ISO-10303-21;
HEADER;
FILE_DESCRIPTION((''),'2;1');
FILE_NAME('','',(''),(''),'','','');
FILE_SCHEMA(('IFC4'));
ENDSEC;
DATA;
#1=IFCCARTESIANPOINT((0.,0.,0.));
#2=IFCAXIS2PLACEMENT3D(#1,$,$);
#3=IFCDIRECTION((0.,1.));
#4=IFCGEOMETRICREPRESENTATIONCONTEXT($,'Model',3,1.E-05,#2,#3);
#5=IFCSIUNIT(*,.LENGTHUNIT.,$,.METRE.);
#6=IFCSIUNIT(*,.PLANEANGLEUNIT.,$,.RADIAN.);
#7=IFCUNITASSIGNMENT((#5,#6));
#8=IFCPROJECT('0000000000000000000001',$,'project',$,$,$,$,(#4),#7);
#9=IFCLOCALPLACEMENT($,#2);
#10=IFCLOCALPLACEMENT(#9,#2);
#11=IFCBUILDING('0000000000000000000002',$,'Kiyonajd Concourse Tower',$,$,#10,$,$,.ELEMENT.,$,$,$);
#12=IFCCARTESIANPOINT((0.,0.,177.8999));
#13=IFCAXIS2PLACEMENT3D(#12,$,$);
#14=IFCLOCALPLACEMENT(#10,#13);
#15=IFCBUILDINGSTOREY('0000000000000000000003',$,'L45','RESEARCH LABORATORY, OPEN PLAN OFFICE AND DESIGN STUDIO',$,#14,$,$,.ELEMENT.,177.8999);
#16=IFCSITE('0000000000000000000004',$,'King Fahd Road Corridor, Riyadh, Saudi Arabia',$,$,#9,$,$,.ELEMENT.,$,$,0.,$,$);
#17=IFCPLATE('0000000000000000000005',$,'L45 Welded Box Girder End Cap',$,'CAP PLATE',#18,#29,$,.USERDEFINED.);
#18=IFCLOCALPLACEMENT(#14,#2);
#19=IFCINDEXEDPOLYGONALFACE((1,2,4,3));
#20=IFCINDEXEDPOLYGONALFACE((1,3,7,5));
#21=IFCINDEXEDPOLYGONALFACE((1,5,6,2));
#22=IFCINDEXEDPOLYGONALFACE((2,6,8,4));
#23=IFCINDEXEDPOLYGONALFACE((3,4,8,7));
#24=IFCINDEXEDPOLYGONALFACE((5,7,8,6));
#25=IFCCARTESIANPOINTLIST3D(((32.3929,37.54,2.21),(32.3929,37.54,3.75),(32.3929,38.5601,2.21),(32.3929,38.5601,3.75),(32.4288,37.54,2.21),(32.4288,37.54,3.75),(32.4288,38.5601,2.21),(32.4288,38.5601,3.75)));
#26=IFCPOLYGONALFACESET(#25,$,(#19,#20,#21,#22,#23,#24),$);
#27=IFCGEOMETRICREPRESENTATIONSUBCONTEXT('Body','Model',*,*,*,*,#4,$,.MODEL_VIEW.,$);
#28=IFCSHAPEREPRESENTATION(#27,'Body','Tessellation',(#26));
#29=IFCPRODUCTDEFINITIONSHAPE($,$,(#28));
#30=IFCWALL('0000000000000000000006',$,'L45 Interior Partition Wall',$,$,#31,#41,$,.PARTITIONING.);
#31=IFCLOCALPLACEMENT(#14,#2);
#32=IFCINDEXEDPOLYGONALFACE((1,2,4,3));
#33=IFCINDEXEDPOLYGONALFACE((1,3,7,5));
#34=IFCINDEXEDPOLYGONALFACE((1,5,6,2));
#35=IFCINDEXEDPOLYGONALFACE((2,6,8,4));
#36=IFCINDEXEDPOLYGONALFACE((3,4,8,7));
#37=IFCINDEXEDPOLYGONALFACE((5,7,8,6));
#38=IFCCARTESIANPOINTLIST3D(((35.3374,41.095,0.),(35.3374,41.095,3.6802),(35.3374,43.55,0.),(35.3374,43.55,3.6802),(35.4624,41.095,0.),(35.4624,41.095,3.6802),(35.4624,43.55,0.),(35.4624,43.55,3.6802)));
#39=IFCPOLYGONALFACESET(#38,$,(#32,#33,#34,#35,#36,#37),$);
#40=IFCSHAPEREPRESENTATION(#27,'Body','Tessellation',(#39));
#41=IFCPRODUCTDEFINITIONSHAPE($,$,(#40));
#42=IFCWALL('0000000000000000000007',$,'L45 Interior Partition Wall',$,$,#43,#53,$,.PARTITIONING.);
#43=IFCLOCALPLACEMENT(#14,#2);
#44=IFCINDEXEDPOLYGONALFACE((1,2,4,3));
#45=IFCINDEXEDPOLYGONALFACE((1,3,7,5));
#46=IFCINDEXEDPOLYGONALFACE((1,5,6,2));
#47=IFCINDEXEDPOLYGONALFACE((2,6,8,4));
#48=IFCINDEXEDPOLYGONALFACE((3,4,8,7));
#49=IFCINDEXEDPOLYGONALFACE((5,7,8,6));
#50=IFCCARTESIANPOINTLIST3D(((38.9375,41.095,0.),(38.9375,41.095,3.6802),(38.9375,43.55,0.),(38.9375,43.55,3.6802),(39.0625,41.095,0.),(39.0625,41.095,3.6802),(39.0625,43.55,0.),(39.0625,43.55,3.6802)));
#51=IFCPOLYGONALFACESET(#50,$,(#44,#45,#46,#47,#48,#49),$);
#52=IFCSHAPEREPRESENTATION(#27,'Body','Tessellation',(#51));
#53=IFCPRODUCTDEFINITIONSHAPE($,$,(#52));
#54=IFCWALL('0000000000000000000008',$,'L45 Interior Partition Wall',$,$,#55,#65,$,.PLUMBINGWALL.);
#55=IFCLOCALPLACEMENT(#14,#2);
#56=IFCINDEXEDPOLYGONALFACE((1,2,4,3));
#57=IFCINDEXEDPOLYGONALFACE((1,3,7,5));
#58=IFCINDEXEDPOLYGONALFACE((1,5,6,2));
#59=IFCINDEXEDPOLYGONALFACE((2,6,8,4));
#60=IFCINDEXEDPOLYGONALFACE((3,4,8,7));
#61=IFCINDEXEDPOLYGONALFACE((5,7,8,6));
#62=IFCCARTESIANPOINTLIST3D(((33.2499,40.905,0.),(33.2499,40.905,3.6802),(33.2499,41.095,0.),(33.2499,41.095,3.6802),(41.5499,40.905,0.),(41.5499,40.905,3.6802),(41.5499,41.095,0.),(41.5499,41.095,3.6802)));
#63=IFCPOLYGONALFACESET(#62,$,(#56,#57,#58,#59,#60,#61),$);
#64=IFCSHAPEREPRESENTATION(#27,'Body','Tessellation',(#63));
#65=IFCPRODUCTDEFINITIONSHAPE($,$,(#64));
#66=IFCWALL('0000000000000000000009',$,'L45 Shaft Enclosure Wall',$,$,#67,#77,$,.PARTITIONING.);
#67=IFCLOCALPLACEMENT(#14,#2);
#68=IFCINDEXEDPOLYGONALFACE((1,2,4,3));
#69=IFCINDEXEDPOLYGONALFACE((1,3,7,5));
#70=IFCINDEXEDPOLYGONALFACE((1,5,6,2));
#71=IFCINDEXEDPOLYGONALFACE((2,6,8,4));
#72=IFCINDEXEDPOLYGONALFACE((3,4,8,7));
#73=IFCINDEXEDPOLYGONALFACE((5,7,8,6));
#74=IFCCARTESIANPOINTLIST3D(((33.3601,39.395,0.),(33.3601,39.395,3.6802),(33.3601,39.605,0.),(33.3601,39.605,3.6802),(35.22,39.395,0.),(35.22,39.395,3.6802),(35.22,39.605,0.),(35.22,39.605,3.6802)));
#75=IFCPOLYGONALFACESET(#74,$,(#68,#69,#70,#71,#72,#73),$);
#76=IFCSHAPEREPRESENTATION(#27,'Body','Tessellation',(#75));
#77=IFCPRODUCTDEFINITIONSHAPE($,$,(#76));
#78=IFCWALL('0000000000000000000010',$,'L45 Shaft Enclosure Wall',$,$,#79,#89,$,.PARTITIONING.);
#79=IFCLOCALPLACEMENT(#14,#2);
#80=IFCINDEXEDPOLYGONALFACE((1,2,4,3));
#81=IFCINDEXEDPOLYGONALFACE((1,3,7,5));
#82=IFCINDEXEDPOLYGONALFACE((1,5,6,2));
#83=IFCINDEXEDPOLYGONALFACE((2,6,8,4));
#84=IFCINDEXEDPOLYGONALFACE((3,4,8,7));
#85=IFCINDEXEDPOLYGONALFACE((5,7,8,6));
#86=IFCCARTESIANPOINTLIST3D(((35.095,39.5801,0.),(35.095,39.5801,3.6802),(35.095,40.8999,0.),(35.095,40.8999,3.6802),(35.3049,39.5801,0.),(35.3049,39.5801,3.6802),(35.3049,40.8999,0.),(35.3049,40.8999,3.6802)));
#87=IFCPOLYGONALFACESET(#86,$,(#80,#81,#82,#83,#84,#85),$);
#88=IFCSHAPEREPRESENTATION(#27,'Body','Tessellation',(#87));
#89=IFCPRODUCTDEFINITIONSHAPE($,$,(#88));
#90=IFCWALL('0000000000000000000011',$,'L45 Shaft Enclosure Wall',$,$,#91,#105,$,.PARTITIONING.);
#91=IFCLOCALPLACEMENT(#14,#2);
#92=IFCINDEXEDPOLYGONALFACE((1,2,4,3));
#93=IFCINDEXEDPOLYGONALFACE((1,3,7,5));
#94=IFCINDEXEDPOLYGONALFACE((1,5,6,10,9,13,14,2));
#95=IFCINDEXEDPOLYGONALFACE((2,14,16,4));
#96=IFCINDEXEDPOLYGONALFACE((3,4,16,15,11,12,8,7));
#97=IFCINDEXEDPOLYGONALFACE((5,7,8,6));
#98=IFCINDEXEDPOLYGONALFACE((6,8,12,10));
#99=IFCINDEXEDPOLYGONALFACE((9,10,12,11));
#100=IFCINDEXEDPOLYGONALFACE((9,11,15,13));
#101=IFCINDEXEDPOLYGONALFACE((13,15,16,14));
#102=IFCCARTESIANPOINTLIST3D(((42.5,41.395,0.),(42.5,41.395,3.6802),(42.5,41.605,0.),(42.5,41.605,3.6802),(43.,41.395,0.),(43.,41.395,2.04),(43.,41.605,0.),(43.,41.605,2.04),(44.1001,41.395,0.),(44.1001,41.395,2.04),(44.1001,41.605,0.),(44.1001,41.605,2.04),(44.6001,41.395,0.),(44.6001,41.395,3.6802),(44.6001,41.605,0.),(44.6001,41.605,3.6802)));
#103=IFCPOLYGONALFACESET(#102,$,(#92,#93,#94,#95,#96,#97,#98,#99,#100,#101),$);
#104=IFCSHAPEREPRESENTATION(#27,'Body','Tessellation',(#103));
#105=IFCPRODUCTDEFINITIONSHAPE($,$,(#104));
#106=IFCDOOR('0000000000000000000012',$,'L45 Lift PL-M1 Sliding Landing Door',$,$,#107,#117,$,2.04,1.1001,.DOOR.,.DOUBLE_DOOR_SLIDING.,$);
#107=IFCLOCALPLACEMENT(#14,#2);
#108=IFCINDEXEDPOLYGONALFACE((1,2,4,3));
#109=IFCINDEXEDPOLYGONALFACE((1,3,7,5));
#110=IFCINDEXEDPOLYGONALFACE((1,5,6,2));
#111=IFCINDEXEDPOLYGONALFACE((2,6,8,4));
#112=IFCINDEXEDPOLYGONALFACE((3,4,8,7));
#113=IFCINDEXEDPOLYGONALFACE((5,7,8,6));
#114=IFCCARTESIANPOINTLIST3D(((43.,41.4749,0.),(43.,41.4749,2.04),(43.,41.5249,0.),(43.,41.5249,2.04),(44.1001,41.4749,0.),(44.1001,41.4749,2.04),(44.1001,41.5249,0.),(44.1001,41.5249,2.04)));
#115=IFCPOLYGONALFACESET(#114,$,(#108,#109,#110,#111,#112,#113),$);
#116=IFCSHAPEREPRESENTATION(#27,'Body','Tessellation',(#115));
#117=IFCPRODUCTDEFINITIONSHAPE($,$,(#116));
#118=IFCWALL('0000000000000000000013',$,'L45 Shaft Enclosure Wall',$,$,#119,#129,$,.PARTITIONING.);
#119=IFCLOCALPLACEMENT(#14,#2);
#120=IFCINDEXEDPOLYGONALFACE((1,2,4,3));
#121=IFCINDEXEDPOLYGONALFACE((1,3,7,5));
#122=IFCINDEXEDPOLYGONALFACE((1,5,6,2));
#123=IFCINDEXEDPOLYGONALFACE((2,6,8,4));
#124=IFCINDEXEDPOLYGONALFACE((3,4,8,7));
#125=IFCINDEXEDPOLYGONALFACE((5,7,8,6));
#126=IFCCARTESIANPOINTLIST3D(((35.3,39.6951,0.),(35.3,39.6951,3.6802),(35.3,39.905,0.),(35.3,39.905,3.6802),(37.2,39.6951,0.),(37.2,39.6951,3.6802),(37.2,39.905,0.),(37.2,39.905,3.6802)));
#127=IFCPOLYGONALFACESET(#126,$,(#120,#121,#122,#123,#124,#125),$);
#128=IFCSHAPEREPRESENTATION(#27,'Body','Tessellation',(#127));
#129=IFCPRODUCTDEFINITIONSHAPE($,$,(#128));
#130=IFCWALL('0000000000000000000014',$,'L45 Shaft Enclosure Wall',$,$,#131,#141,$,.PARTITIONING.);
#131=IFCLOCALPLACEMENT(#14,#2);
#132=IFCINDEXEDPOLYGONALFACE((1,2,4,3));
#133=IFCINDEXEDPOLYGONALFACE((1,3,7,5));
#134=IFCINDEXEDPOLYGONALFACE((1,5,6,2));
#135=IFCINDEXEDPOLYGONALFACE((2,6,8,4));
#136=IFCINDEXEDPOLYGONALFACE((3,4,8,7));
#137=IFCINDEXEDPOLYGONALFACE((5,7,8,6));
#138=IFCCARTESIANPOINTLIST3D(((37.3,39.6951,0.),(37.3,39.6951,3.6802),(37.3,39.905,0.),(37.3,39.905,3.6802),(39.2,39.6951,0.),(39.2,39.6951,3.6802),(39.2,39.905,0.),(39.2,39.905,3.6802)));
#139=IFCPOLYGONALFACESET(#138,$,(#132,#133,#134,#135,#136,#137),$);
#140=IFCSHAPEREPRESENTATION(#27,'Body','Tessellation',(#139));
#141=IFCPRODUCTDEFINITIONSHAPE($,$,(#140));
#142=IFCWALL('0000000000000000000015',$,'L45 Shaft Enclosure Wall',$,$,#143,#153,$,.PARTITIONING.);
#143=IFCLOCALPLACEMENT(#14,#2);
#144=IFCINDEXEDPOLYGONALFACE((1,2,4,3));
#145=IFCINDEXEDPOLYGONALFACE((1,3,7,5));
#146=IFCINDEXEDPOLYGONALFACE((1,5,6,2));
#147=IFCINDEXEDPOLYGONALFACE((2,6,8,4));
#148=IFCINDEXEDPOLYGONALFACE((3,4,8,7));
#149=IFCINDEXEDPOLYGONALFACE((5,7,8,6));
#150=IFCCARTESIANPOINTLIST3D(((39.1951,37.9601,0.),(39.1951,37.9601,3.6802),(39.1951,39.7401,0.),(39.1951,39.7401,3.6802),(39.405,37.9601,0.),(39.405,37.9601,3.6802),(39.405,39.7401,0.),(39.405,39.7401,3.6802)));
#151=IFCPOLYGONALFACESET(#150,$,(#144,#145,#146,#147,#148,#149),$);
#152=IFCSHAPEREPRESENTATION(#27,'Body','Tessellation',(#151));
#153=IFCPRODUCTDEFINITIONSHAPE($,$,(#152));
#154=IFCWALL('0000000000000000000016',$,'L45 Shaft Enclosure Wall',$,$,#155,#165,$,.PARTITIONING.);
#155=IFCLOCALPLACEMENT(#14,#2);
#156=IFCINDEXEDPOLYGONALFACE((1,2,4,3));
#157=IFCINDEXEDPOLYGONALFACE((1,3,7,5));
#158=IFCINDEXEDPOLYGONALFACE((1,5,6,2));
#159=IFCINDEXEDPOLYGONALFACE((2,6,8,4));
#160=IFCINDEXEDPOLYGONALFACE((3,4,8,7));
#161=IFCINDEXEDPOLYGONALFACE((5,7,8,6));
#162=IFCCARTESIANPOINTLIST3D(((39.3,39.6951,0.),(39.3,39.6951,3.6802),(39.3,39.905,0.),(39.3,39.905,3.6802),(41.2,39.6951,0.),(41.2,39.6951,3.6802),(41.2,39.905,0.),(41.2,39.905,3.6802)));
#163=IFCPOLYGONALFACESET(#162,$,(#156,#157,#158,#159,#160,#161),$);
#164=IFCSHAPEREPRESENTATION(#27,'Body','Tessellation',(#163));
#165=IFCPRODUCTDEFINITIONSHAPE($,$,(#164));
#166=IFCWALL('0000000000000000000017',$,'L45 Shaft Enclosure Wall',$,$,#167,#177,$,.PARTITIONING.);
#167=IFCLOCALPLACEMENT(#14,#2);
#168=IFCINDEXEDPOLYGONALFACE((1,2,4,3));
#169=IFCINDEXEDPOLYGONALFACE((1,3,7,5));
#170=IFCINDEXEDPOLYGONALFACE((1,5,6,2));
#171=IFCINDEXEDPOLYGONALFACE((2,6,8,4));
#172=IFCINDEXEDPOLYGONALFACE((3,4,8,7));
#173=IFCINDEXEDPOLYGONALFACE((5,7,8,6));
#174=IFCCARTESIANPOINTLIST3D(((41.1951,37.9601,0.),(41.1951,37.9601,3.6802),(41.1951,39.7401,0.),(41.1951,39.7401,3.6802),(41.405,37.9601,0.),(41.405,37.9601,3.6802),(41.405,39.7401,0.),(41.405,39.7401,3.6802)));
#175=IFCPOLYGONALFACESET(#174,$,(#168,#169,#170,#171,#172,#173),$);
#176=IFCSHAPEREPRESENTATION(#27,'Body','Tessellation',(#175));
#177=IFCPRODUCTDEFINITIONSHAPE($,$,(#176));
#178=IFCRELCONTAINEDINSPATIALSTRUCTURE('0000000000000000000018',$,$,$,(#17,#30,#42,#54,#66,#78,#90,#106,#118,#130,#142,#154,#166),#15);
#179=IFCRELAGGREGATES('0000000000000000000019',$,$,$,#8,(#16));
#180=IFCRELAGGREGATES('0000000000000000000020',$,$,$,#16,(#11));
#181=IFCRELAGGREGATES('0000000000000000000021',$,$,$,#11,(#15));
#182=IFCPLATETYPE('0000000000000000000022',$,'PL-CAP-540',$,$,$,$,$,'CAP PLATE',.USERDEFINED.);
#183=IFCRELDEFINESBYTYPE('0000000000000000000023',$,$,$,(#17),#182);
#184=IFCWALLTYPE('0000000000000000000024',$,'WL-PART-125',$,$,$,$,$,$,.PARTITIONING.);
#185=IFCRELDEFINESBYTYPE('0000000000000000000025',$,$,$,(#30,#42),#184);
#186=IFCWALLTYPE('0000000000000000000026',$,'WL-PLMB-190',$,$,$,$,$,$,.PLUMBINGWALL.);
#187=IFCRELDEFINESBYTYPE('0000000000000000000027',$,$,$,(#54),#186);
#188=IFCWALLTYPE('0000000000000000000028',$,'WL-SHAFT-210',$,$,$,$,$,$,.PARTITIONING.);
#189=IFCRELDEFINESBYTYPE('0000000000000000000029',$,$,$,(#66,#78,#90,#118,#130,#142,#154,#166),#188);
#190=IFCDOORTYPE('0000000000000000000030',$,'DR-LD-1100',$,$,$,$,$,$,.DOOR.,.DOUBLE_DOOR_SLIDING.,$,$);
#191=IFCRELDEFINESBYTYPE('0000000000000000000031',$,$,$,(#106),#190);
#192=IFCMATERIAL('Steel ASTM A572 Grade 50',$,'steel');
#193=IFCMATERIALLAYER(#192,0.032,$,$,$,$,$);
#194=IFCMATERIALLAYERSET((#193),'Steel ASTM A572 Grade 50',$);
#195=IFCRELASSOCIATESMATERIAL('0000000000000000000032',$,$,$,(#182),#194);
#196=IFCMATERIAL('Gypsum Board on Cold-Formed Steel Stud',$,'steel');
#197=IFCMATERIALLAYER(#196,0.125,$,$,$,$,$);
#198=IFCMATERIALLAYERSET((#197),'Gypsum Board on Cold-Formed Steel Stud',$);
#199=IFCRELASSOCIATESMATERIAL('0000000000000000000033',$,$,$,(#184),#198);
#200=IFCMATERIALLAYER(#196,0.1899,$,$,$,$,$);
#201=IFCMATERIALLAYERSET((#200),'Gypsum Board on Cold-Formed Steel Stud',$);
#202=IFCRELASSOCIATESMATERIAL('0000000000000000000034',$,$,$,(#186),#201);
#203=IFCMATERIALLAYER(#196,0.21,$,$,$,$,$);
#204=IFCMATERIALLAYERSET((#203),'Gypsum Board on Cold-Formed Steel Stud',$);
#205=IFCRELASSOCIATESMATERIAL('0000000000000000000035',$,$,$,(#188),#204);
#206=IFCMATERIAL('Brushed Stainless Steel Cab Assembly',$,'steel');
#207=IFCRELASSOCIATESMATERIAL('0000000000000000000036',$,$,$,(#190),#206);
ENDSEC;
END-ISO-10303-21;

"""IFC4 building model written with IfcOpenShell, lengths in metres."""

from ifc_helpers import new_model, si_unit, direction, frame, frame_2d, origin, origin_2d, place, context, subcontext, project, spatial, rectangle, extrude, material, layer, layer_set, type_object, element, fill, save


model = new_model("IFC4")

# Units and contexts
model_context = context("Model", 3, precision=1e-05, world=origin(), true_north=direction((0.0, 1.0)))
body_context = subcontext(model_context, "Body", "Model", "MODEL_VIEW")
ifc_project = project(units=[si_unit("LENGTHUNIT", "METRE"), si_unit("PLANEANGLEUNIT", "RADIAN")], contexts=[model_context])

# Site, building, storey
site_placement = place(None, origin())
site = spatial("IfcSite", under=ifc_project, at=site_placement, Name="King Fahd Road Corridor, Riyadh, Saudi Arabia", CompositionType="ELEMENT", RefElevation=0.0)
building_placement = place(site_placement, origin())
building = spatial("IfcBuilding", under=site, at=building_placement, Name="Kiyonajd Concourse Tower", CompositionType="ELEMENT")
storey_placement = place(building_placement, frame((0.0, 0.0, 177.8999)))
storey = spatial("IfcBuildingStorey", under=building, at=storey_placement, Name="L45", Description="RESEARCH LABORATORY, OPEN PLAN OFFICE AND DESIGN STUDIO", CompositionType="ELEMENT", Elevation=177.8999)

# Plate
ifc_material_1 = material(Name="Steel ASTM A572 Grade 50", Category="steel")
ifc_layer_1 = layer(ifc_material_1, 0.032)
ifc_layer_set_1 = layer_set([ifc_layer_1], Name="Steel ASTM A572 Grade 50")
plate_type = type_object("IfcPlateType", Name="PL-CAP-540", ElementType="CAP PLATE", PredefinedType="USERDEFINED", material=ifc_layer_set_1)
plate_placement = place(storey_placement, frame((32.4109, 38.05, 2.21), z_axis=(0.0, 0.0, 1.0), x_axis=(1.0, 0.0, 0.0)))
element("IfcPlate", 1, at=plate_placement, inside=storey, type_object=plate_type, Name="L45 Welded Box Girder End Cap", ObjectType="CAP PLATE", PredefinedType="USERDEFINED", context=body_context, shape_type="SweptSolid", body=[
    extrude(rectangle(XDim=0.0359, YDim=1.02, at=origin_2d()), origin(), (0.0, 0.0, 1.0), 1.54),
])

# Walls
ifc_material_2 = material(Name="Gypsum Board on Cold-Formed Steel Stud", Category="steel")
ifc_layer_2 = layer(ifc_material_2, 0.125)
ifc_layer_set_2 = layer_set([ifc_layer_2], Name="Gypsum Board on Cold-Formed Steel Stud")
wall_type_1 = type_object("IfcWallType", Name="WL-PART-125", PredefinedType="PARTITIONING", material=ifc_layer_set_2)
for number, where, z_axis, x_axis, name in (
    (2, (35.3999, 41.095, 0.0), (0.0, 0.0, 1.0), (0.0, 1.0, 0.0), "L45 Interior Partition Wall"),
    (3, (39.0, 41.095, 0.0), (0.0, 0.0, 1.0), (0.0, 1.0, 0.0), "L45 Interior Partition Wall"),
):
    element("IfcWall", number, at=place(storey_placement, frame(where, z_axis=z_axis, x_axis=x_axis)), inside=storey, type_object=wall_type_1, Name=name, PredefinedType="PARTITIONING", context=body_context, shape_type="SweptSolid", body=[
        extrude(rectangle(XDim=2.4551, YDim=0.125, at=frame_2d((1.2275, 0.0))), origin(), (0.0, 0.0, 1.0), 3.6802),
    ])
ifc_layer_3 = layer(ifc_material_2, 0.1899)
ifc_layer_set_3 = layer_set([ifc_layer_3], Name="Gypsum Board on Cold-Formed Steel Stud")
wall_type_2 = type_object("IfcWallType", Name="WL-PLMB-190", PredefinedType="PLUMBINGWALL", material=ifc_layer_set_3)
wall_1_placement = place(storey_placement, frame((33.25, 41.0, 0.0), z_axis=(0.0, 0.0, 1.0), x_axis=(1.0, 0.0, 0.0)))
element("IfcWall", 4, at=wall_1_placement, inside=storey, type_object=wall_type_2, Name="L45 Interior Partition Wall", PredefinedType="PLUMBINGWALL", context=body_context, shape_type="SweptSolid", body=[
    extrude(rectangle(XDim=8.3, YDim=0.1899, at=frame_2d((4.1499, 0.0))), origin(), (0.0, 0.0, 1.0), 3.6802),
])
ifc_layer_4 = layer(ifc_material_2, 0.21)
ifc_layer_set_4 = layer_set([ifc_layer_4], Name="Gypsum Board on Cold-Formed Steel Stud")
wall_type_3 = type_object("IfcWallType", Name="WL-SHAFT-210", PredefinedType="PARTITIONING", material=ifc_layer_set_4)
wall_2_placement = place(storey_placement, frame((33.3601, 39.5, 0.0), z_axis=(0.0, 0.0, 1.0), x_axis=(1.0, 0.0, 0.0)))
element("IfcWall", 5, at=wall_2_placement, inside=storey, type_object=wall_type_3, Name="L45 Shaft Enclosure Wall", PredefinedType="PARTITIONING", context=body_context, shape_type="SweptSolid", body=[
    extrude(rectangle(XDim=1.8599, YDim=0.21, at=frame_2d((0.9299, 0.0))), origin(), (0.0, 0.0, 1.0), 3.6802),
])
wall_3_placement = place(storey_placement, frame((35.2, 39.5801, 0.0), z_axis=(0.0, 0.0, 1.0), x_axis=(0.0, 1.0, 0.0)))
element("IfcWall", 6, at=wall_3_placement, inside=storey, type_object=wall_type_3, Name="L45 Shaft Enclosure Wall", PredefinedType="PARTITIONING", context=body_context, shape_type="SweptSolid", body=[
    extrude(rectangle(XDim=1.3198, YDim=0.21, at=frame_2d((0.6599, 0.0))), origin(), (0.0, 0.0, 1.0), 3.6802),
])

# Wall, opening, door
wall_4_placement = place(storey_placement, frame((42.5, 41.5, 0.0), z_axis=(0.0, 0.0, 1.0), x_axis=(1.0, 0.0, 0.0)))
wall_4 = element("IfcWall", 7, at=wall_4_placement, inside=storey, type_object=wall_type_3, Name="L45 Shaft Enclosure Wall", PredefinedType="PARTITIONING", context=body_context, shape_type="SweptSolid", body=[
    extrude(rectangle(XDim=2.1001, YDim=0.21, at=frame_2d((1.05, 0.0))), origin(), (0.0, 0.0, 1.0), 3.6802),
])
opening_placement = place(wall_4_placement, frame((0.5, 0.0, 0.0)))
opening = element("IfcOpeningElement", 8, at=opening_placement, cuts=wall_4, PredefinedType="OPENING", context=body_context, shape_type="SweptSolid", body=[
    extrude(rectangle(XDim=1.1001, YDim=2.04, at=frame_2d((0.55, 1.02))), frame((0.0, 0.115, 0.0), z_axis=(0.0, -1.0, 0.0), x_axis=(1.0, 0.0, 0.0)), (0.0, 0.0, 1.0), 0.23),
])
ifc_material_3 = material(Name="Brushed Stainless Steel Cab Assembly", Category="steel")
door_type = type_object("IfcDoorType", Name="DR-LD-1100", OperationType="DOUBLE_DOOR_SLIDING", PredefinedType="DOOR", material=ifc_material_3)
door_placement = place(opening_placement, origin())
door = element("IfcDoor", 9, at=door_placement, inside=storey, type_object=door_type, Name="L45 Lift PL-M1 Sliding Landing Door", OperationType="DOUBLE_DOOR_SLIDING", OverallHeight=2.04, OverallWidth=1.1001, PredefinedType="DOOR", context=body_context, shape_type="SweptSolid", body=[
    extrude(rectangle(XDim=1.1001, YDim=2.04, at=frame_2d((0.55, 1.02))), frame((0.0, 0.0249, 0.0), z_axis=(0.0, -1.0, 0.0), x_axis=(1.0, 0.0, 0.0)), (0.0, 0.0, 1.0), 0.05),
])
fill(opening, door)

# Walls
for number, where, z_axis, x_axis, name in (
    (10, (35.3, 39.8, 0.0), (0.0, 0.0, 1.0), (1.0, 0.0, 0.0), "L45 Shaft Enclosure Wall"),
    (11, (37.3, 39.8, 0.0), (0.0, 0.0, 1.0), (1.0, 0.0, 0.0), "L45 Shaft Enclosure Wall"),
):
    element("IfcWall", number, at=place(storey_placement, frame(where, z_axis=z_axis, x_axis=x_axis)), inside=storey, type_object=wall_type_3, Name=name, PredefinedType="PARTITIONING", context=body_context, shape_type="SweptSolid", body=[
        extrude(rectangle(XDim=1.8999, YDim=0.21, at=frame_2d((0.95, 0.0))), origin(), (0.0, 0.0, 1.0), 3.6802),
    ])
wall_5_placement = place(storey_placement, frame((39.3, 37.96, 0.0), z_axis=(0.0, 0.0, 1.0), x_axis=(0.0, 1.0, 0.0)))
element("IfcWall", 12, at=wall_5_placement, inside=storey, type_object=wall_type_3, Name="L45 Shaft Enclosure Wall", PredefinedType="PARTITIONING", context=body_context, shape_type="SweptSolid", body=[
    extrude(rectangle(XDim=1.78, YDim=0.21, at=frame_2d((0.8901, 0.0))), origin(), (0.0, 0.0, 1.0), 3.6802),
])
wall_6_placement = place(storey_placement, frame((39.3, 39.8, 0.0), z_axis=(0.0, 0.0, 1.0), x_axis=(1.0, 0.0, 0.0)))
element("IfcWall", 13, at=wall_6_placement, inside=storey, type_object=wall_type_3, Name="L45 Shaft Enclosure Wall", PredefinedType="PARTITIONING", context=body_context, shape_type="SweptSolid", body=[
    extrude(rectangle(XDim=1.8999, YDim=0.21, at=frame_2d((0.95, 0.0))), origin(), (0.0, 0.0, 1.0), 3.6802),
])
wall_7_placement = place(storey_placement, frame((41.3, 37.96, 0.0), z_axis=(0.0, 0.0, 1.0), x_axis=(0.0, 1.0, 0.0)))
element("IfcWall", 14, at=wall_7_placement, inside=storey, type_object=wall_type_3, Name="L45 Shaft Enclosure Wall", PredefinedType="PARTITIONING", context=body_context, shape_type="SweptSolid", body=[
    extrude(rectangle(XDim=1.78, YDim=0.21, at=frame_2d((0.8901, 0.0))), origin(), (0.0, 0.0, 1.0), 3.6802),
])

save(model, "model.ifc")
